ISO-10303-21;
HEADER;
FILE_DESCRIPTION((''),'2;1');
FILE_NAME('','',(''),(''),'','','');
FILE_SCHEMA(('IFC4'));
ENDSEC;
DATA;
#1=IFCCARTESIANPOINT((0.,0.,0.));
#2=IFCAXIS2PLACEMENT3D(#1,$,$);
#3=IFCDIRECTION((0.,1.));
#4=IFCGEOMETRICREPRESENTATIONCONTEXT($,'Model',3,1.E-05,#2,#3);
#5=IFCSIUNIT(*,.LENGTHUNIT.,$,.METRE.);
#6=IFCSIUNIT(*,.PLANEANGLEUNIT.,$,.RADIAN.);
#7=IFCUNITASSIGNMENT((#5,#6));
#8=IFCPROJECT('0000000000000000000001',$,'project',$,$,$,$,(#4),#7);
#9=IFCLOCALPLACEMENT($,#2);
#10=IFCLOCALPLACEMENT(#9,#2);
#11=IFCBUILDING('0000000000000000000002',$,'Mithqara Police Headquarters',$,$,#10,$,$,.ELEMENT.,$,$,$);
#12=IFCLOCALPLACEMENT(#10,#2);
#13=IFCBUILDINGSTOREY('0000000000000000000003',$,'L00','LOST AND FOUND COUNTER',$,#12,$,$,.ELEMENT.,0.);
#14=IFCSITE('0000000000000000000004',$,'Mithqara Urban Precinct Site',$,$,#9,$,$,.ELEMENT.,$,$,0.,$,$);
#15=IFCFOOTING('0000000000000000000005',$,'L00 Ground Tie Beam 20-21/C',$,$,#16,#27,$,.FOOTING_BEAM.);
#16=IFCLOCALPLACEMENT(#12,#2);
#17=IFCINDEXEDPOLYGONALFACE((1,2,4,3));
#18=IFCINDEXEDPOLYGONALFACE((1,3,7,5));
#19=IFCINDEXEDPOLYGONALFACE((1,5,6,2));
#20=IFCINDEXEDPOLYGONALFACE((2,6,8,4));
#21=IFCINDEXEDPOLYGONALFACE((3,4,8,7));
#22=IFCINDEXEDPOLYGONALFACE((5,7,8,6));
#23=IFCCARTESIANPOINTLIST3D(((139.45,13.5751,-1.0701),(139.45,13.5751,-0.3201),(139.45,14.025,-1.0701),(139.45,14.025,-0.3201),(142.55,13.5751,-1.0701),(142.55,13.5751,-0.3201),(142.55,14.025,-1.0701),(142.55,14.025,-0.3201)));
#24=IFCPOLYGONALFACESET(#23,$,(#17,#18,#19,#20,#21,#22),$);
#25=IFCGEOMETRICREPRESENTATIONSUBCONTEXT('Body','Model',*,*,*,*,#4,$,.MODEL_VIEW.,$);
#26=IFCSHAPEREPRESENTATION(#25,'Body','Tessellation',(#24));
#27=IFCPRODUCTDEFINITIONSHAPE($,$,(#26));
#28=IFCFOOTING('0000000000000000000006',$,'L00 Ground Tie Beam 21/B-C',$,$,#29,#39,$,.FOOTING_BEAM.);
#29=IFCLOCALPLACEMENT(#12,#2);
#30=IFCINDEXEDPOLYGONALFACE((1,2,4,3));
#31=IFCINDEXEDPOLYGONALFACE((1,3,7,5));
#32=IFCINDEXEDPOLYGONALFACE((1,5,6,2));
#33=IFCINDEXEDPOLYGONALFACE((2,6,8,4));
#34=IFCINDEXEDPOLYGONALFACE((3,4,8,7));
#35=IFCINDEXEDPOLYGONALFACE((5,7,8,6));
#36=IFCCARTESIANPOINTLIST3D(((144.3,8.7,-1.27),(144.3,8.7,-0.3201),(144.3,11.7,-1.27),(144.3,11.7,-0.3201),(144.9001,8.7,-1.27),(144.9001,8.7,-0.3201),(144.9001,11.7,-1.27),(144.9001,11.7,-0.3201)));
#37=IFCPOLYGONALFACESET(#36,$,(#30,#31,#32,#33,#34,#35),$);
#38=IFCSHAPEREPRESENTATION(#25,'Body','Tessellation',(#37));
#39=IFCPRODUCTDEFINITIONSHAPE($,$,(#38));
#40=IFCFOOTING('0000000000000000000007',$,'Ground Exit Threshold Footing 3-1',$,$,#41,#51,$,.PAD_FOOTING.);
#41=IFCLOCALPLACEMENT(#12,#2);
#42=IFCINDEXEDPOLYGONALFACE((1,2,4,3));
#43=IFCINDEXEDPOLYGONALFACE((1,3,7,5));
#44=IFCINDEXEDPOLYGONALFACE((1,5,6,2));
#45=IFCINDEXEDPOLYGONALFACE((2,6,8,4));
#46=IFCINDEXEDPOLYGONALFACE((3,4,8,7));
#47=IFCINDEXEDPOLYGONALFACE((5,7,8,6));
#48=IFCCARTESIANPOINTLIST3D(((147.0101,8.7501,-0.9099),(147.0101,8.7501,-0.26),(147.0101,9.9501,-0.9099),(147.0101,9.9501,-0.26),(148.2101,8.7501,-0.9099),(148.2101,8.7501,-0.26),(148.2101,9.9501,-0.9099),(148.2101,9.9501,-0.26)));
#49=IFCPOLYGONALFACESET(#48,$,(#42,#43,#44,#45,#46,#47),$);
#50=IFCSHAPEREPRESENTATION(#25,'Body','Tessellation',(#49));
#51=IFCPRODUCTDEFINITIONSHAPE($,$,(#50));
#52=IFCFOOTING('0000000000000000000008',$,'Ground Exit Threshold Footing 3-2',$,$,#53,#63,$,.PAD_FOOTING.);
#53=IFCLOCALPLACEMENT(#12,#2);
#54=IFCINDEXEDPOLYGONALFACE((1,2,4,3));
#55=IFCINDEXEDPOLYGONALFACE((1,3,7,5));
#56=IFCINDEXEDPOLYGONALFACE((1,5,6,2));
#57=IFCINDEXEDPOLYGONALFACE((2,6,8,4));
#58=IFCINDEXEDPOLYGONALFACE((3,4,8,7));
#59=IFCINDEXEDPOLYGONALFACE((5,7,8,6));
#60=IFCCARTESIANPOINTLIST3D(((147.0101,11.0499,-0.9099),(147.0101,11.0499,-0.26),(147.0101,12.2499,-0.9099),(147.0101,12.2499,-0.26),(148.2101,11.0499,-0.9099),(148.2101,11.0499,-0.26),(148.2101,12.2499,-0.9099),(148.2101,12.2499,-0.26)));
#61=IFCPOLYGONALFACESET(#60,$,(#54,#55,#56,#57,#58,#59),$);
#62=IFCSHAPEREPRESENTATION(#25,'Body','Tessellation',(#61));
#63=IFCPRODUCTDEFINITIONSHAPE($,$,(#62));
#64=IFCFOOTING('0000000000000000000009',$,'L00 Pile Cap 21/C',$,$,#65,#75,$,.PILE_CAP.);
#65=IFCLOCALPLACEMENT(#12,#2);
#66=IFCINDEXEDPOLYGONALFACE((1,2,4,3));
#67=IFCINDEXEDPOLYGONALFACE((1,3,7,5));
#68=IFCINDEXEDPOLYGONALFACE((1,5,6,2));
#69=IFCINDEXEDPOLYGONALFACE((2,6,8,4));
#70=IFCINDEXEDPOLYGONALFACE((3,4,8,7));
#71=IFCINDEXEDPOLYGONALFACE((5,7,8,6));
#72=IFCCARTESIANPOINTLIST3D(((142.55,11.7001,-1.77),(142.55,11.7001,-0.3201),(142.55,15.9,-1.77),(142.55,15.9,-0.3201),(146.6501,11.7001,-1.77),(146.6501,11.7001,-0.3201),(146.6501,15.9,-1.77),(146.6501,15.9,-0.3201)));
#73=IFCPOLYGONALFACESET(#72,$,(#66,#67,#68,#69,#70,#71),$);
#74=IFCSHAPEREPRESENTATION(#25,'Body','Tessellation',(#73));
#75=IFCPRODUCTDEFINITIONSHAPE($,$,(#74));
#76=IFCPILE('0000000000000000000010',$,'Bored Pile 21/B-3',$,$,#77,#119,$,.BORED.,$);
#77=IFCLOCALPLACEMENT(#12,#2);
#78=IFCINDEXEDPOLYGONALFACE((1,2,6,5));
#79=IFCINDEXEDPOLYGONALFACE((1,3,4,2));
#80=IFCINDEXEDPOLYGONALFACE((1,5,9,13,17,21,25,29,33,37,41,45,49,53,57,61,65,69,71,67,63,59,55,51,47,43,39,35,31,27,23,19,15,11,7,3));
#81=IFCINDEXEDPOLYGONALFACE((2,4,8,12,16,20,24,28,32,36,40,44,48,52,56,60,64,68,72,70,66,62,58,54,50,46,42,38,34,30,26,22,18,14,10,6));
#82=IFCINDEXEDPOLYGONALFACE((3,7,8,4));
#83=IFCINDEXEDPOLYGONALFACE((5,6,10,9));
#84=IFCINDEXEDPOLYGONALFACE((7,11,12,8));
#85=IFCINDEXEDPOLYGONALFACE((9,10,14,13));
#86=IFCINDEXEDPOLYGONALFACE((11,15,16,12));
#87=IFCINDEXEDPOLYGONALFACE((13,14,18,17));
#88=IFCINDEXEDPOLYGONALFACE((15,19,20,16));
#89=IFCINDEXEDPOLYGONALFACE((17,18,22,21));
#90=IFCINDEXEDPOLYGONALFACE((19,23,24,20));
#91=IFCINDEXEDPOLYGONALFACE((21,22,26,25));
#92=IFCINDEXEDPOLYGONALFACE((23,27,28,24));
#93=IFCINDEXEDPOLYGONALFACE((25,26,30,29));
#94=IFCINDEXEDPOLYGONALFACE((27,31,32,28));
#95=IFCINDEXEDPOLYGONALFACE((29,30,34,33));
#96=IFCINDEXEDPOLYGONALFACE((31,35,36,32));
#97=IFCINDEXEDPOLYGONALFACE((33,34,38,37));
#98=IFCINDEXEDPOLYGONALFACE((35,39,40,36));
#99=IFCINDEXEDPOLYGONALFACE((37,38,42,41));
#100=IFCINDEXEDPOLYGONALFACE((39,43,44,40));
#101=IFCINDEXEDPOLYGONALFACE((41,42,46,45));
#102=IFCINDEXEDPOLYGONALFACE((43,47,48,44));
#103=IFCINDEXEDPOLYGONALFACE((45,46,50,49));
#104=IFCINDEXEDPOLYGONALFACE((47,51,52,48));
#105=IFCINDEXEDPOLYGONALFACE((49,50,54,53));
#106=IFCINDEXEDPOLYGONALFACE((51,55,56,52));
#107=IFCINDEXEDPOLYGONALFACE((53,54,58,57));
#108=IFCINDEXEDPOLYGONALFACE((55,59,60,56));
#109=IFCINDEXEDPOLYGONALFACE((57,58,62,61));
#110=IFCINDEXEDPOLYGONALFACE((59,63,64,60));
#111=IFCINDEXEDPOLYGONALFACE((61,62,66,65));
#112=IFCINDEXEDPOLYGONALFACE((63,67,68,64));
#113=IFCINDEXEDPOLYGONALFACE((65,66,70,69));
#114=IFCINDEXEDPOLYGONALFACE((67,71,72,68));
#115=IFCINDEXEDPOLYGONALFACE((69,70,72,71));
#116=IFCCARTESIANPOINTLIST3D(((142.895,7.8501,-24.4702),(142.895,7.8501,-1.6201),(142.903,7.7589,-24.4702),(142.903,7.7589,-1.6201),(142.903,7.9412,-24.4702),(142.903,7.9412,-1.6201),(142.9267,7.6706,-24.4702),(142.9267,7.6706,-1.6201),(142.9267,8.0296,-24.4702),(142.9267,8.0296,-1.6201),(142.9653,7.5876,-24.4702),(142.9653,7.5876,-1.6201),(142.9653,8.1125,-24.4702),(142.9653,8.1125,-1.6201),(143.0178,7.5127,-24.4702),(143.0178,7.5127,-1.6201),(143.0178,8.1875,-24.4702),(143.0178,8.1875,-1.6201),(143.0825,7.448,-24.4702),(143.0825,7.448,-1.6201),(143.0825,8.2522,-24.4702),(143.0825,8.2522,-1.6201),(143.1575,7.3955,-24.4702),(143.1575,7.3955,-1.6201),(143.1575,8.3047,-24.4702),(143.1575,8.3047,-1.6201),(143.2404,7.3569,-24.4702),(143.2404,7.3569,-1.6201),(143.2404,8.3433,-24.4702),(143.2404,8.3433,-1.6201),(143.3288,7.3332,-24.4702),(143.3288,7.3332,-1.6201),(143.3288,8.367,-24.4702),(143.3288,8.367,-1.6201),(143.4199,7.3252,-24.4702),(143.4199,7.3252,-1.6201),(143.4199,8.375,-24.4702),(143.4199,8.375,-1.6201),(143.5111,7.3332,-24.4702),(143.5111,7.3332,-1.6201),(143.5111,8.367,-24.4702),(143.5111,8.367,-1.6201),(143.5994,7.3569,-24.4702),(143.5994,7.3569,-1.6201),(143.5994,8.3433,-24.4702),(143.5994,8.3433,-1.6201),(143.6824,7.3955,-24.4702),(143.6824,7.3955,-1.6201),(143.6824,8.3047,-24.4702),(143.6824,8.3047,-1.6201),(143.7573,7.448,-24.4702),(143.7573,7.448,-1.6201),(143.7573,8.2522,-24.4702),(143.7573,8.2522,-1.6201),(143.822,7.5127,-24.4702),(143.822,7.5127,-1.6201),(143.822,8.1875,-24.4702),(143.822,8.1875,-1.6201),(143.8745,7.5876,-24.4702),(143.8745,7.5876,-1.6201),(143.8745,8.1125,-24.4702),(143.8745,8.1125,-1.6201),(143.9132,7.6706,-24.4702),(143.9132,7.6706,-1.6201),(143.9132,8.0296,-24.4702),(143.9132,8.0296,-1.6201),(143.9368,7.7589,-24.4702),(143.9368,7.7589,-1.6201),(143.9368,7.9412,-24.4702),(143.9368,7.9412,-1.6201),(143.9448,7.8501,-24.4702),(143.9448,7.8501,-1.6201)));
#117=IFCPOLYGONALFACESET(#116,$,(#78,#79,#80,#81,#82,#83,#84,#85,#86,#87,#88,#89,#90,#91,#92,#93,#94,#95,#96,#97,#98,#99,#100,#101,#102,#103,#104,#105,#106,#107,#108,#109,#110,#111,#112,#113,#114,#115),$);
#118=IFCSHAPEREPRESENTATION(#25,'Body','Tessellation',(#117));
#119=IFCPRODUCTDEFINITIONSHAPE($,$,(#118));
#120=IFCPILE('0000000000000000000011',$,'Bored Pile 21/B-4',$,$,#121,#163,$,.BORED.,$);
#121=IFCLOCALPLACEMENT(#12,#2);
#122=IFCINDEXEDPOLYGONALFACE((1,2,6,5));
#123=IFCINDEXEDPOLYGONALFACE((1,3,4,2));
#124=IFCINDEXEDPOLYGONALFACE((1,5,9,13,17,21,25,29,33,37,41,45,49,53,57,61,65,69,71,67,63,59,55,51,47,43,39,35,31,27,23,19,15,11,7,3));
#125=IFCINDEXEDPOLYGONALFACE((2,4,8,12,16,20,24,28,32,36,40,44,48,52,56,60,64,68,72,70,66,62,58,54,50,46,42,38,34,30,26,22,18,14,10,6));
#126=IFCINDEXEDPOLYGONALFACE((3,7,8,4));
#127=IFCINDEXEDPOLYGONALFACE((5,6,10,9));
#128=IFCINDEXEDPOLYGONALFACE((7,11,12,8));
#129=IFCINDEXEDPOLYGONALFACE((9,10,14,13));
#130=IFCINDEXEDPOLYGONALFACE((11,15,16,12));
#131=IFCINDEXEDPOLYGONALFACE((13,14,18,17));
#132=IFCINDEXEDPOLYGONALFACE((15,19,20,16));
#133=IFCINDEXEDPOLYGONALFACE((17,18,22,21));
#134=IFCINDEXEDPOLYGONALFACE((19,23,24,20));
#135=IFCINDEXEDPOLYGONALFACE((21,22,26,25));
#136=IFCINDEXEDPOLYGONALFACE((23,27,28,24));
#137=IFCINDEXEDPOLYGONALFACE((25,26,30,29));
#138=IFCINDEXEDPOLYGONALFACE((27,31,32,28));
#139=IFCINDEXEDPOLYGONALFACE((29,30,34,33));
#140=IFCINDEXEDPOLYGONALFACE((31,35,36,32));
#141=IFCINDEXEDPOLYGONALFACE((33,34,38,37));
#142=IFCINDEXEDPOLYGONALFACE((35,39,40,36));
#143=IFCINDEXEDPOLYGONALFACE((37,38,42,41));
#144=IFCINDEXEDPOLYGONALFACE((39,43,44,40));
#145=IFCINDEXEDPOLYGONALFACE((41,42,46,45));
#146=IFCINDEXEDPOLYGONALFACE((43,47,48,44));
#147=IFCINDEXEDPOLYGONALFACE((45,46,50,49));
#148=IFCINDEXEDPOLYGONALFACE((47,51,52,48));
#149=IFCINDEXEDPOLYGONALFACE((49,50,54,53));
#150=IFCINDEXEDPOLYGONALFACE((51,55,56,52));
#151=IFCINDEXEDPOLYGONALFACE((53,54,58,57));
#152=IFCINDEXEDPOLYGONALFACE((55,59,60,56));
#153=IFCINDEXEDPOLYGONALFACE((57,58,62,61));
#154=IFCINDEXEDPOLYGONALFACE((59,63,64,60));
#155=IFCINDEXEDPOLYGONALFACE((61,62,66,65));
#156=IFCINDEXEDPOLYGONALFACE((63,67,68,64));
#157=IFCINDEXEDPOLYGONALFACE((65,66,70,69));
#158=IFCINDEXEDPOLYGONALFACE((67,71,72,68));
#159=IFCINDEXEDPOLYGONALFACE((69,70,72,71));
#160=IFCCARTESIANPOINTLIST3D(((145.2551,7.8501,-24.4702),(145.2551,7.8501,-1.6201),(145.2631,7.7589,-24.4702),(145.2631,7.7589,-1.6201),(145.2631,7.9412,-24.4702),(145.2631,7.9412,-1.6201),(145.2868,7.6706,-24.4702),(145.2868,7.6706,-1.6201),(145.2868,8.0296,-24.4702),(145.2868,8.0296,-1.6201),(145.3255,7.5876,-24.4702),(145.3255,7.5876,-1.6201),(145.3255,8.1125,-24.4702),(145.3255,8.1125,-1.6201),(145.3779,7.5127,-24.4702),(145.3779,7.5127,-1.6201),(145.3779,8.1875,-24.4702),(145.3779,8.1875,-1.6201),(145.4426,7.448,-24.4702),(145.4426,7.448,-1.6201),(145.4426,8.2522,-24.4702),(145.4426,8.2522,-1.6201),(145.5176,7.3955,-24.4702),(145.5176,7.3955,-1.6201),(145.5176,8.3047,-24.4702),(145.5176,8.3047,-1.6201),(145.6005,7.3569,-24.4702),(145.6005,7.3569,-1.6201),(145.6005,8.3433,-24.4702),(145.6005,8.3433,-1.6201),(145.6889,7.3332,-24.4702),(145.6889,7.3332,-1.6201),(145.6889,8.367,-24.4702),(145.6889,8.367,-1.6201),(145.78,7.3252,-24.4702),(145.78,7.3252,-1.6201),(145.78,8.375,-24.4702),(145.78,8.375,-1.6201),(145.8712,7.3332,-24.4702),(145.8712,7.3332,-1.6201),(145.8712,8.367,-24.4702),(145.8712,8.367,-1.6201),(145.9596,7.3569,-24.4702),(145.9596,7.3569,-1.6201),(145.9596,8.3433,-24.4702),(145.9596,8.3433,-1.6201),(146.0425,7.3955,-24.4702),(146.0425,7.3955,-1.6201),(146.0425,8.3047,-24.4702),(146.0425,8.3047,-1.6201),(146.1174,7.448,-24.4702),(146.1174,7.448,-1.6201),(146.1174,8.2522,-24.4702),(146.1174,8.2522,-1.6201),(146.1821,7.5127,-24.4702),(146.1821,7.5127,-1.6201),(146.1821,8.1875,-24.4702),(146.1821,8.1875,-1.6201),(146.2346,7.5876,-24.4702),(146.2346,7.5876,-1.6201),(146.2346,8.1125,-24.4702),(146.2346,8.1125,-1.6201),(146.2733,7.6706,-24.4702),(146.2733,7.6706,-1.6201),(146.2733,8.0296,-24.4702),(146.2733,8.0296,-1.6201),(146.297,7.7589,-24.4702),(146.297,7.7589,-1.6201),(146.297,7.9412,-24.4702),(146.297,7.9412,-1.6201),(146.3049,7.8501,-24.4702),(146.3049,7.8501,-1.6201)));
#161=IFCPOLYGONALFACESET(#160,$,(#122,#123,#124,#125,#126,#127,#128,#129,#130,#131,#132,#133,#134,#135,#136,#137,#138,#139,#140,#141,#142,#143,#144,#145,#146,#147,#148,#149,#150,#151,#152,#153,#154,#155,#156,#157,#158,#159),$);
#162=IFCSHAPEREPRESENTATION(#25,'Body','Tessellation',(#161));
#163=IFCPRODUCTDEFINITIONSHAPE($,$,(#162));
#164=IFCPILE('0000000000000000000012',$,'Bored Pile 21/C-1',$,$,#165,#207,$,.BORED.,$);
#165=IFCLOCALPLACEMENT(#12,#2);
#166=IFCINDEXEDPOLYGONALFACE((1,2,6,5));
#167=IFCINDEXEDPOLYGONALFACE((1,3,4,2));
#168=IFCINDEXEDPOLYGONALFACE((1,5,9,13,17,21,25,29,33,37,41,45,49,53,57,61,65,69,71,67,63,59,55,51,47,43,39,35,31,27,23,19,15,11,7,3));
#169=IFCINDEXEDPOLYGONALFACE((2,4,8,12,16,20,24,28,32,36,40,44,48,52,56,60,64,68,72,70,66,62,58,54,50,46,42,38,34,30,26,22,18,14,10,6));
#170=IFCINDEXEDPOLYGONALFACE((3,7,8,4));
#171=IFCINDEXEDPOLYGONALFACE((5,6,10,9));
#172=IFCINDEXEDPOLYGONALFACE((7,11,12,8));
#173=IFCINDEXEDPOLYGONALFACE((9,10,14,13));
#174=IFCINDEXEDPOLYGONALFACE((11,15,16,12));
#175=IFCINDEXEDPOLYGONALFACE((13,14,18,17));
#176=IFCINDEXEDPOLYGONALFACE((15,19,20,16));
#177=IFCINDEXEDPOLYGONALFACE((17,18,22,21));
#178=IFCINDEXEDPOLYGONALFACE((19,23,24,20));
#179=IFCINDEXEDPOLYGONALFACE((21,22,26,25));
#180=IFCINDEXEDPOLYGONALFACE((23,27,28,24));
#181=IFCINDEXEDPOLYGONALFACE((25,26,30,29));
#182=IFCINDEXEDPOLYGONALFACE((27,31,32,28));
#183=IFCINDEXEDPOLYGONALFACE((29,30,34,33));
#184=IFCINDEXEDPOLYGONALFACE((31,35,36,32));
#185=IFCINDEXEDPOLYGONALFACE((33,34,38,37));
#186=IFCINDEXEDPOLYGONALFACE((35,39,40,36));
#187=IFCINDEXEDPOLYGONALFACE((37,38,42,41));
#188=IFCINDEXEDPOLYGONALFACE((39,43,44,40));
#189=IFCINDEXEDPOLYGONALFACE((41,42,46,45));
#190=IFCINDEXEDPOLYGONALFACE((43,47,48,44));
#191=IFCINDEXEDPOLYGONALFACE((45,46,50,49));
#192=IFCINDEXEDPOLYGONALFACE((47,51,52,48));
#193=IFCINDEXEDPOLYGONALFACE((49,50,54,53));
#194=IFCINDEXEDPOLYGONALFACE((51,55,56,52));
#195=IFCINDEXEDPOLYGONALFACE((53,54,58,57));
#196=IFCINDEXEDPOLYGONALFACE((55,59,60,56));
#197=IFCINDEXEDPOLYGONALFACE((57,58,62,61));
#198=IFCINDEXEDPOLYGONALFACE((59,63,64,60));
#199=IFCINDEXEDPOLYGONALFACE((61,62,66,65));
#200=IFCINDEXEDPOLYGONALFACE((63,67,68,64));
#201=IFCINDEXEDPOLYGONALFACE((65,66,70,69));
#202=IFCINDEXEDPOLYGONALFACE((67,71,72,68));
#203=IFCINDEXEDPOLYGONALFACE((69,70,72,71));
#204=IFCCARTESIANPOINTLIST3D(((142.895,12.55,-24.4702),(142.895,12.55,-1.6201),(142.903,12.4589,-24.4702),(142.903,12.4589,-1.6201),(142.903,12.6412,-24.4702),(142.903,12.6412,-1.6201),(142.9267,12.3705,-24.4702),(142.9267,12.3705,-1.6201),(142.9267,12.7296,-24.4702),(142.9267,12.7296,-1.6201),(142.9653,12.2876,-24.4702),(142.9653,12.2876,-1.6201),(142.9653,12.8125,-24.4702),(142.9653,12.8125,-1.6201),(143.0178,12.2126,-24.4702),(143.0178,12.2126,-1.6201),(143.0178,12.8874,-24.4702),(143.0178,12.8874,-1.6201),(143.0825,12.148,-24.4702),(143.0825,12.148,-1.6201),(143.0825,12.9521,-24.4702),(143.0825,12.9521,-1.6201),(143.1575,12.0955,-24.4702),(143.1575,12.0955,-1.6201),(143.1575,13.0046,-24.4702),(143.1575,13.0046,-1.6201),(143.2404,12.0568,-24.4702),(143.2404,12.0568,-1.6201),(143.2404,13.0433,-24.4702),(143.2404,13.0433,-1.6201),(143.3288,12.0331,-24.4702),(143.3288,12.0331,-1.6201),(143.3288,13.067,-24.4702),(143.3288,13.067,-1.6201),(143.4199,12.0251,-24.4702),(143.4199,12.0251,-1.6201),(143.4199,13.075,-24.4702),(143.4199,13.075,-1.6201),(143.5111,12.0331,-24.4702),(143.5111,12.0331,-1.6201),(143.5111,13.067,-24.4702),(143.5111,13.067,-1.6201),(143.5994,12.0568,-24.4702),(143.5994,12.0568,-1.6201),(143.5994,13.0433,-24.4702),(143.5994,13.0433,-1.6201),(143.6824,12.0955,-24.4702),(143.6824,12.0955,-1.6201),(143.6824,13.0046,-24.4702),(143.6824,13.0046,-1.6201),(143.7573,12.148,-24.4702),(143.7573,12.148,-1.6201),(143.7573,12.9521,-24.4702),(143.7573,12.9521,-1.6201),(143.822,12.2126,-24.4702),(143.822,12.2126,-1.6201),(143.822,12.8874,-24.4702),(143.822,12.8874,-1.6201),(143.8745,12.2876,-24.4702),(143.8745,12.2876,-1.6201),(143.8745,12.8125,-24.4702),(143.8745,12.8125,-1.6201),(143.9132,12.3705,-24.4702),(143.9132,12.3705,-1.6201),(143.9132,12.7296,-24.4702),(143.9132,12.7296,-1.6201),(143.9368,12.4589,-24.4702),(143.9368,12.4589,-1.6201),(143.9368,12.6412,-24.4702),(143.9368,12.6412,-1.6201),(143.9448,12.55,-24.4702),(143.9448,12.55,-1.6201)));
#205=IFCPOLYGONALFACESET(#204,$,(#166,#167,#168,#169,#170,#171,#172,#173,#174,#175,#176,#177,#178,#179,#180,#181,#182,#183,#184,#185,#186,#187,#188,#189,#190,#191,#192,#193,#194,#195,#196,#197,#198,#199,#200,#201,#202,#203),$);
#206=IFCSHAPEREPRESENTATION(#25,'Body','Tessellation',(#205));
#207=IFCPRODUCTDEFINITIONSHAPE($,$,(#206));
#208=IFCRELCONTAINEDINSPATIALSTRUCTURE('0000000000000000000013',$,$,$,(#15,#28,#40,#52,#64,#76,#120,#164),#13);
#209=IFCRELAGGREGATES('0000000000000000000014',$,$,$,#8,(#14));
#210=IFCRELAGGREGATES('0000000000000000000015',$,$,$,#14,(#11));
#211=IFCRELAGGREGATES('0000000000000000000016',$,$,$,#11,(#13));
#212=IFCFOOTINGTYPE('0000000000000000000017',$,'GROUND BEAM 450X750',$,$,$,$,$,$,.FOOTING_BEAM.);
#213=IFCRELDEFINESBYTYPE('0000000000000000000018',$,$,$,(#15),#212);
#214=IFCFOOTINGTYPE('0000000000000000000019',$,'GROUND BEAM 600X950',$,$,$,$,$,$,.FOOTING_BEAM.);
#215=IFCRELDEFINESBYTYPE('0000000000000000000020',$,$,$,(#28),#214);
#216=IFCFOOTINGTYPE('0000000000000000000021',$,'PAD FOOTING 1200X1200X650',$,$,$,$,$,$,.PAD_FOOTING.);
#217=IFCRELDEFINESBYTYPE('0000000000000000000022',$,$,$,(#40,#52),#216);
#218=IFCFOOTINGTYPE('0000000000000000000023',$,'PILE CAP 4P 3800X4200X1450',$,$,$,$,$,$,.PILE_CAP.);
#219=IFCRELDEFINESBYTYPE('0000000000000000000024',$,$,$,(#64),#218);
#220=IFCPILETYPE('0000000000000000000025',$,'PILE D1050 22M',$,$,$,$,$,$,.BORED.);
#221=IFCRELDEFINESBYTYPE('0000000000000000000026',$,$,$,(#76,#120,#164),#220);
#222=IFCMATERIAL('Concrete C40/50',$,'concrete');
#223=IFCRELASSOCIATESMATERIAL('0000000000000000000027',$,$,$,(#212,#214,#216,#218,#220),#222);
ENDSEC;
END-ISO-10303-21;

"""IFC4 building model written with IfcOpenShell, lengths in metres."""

from ifc_helpers import new_model, si_unit, direction, frame, origin, origin_2d, place, context, subcontext, project, spatial, rectangle, circle, extrude, material, material_profile, profile_set, type_object, element, save


model = new_model("IFC4")

# Units and contexts
model_context = context("Model", 3, precision=1e-05, world=origin(), true_north=direction((0.0, 1.0)))
body_context = subcontext(model_context, "Body", "Model", "MODEL_VIEW")
ifc_project = project(units=[si_unit("LENGTHUNIT", "METRE"), si_unit("PLANEANGLEUNIT", "RADIAN")], contexts=[model_context])

# Site, building, storey
site_placement = place(None, origin())
site = spatial("IfcSite", under=ifc_project, at=site_placement, Name="Mithqara Urban Precinct Site", CompositionType="ELEMENT", RefElevation=0.0)
building_placement = place(site_placement, origin())
building = spatial("IfcBuilding", under=site, at=building_placement, Name="Mithqara Police Headquarters", CompositionType="ELEMENT")
storey_placement = place(building_placement, origin())
storey = spatial("IfcBuildingStorey", under=building, at=storey_placement, Name="L00", Description="LOST AND FOUND COUNTER", CompositionType="ELEMENT", Elevation=0.0)

# Footings
ifc_material_1 = material(Name="Concrete C40/50", Category="concrete")
footing_type_1 = type_object("IfcFootingType", Name="GROUND BEAM 450X750", PredefinedType="FOOTING_BEAM", material=ifc_material_1)
footing_1_placement = place(storey_placement, frame((141.0, 13.8, -1.0701), z_axis=(0.0, 0.0, 1.0), x_axis=(1.0, 0.0, 0.0)))
element("IfcFooting", 1, at=footing_1_placement, inside=storey, type_object=footing_type_1, Name="L00 Ground Tie Beam 20-21/C", PredefinedType="FOOTING_BEAM", context=body_context, shape_type="SweptSolid", body=[
    extrude(rectangle(XDim=3.1001, YDim=0.45, at=origin_2d()), origin(), (0.0, 0.0, 1.0), 0.75),
])
footing_type_2 = type_object("IfcFootingType", Name="GROUND BEAM 600X950", PredefinedType="FOOTING_BEAM", material=ifc_material_1)
footing_2_placement = place(storey_placement, frame((144.6001, 10.2, -1.27), z_axis=(0.0, 0.0, 1.0), x_axis=(1.0, 0.0, 0.0)))
element("IfcFooting", 2, at=footing_2_placement, inside=storey, type_object=footing_type_2, Name="L00 Ground Tie Beam 21/B-C", PredefinedType="FOOTING_BEAM", context=body_context, shape_type="SweptSolid", body=[
    extrude(rectangle(XDim=0.6001, YDim=3.0, at=origin_2d()), origin(), (0.0, 0.0, 1.0), 0.95),
])
footing_type_3 = type_object("IfcFootingType", Name="PAD FOOTING 1200X1200X650", PredefinedType="PAD_FOOTING", material=ifc_material_1)
for number, where, z_axis, x_axis, name in (
    (3, (147.6101, 9.3501, -0.9099), (0.0, 0.0, 1.0), (1.0, 0.0, 0.0), "Ground Exit Threshold Footing 3-1"),
    (4, (147.6101, 11.6499, -0.9099), (0.0, 0.0, 1.0), (1.0, 0.0, 0.0), "Ground Exit Threshold Footing 3-2"),
):
    element("IfcFooting", number, at=place(storey_placement, frame(where, z_axis=z_axis, x_axis=x_axis)), inside=storey, type_object=footing_type_3, Name=name, PredefinedType="PAD_FOOTING", context=body_context, shape_type="SweptSolid", body=[
        extrude(rectangle(XDim=1.2, YDim=1.2, at=origin_2d()), origin(), (0.0, 0.0, 1.0), 0.6499),
    ])
footing_type_4 = type_object("IfcFootingType", Name="PILE CAP 4P 3800X4200X1450", PredefinedType="PILE_CAP", material=ifc_material_1)
footing_3_placement = place(storey_placement, frame((144.6001, 13.8, -1.77), z_axis=(0.0, 0.0, 1.0), x_axis=(1.0, 0.0, 0.0)))
element("IfcFooting", 5, at=footing_3_placement, inside=storey, type_object=footing_type_4, Name="L00 Pile Cap 21/C", PredefinedType="PILE_CAP", context=body_context, shape_type="SweptSolid", body=[
    extrude(rectangle(XDim=4.1001, YDim=4.2, at=origin_2d()), origin(), (0.0, 0.0, 1.0), 1.45),
])

# Piles
ifc_material_profile_1 = material_profile(ifc_material_1, circle(Radius=0.5249, at=origin_2d()), Name="PILE D1050")
ifc_profile_set_1 = profile_set([ifc_material_profile_1], Name="Concrete C40/50")
pile_type = type_object("IfcPileType", Name="PILE D1050 22M", PredefinedType="BORED", material=ifc_profile_set_1)
for number, where, z_axis, x_axis, name in (
    (6, (143.4199, 7.8501, -1.6201), (0.0, 0.0, -1.0), (1.0, 0.0, 0.0), "Bored Pile 21/B-3"),
    (7, (145.78, 7.8501, -1.6201), (0.0, 0.0, -1.0), (1.0, 0.0, 0.0), "Bored Pile 21/B-4"),
    (8, (143.4199, 12.55, -1.6201), (0.0, 0.0, -1.0), (1.0, 0.0, 0.0), "Bored Pile 21/C-1"),
):
    element("IfcPile", number, at=place(storey_placement, frame(where, z_axis=z_axis, x_axis=x_axis)), inside=storey, type_object=pile_type, Name=name, PredefinedType="BORED", context=body_context, shape_type="SweptSolid", body=[
        extrude(circle(Radius=0.5249, at=origin_2d()), origin(), (0.0, 0.0, 1.0), 22.8501),
    ])

save(model, "model.ifc")
